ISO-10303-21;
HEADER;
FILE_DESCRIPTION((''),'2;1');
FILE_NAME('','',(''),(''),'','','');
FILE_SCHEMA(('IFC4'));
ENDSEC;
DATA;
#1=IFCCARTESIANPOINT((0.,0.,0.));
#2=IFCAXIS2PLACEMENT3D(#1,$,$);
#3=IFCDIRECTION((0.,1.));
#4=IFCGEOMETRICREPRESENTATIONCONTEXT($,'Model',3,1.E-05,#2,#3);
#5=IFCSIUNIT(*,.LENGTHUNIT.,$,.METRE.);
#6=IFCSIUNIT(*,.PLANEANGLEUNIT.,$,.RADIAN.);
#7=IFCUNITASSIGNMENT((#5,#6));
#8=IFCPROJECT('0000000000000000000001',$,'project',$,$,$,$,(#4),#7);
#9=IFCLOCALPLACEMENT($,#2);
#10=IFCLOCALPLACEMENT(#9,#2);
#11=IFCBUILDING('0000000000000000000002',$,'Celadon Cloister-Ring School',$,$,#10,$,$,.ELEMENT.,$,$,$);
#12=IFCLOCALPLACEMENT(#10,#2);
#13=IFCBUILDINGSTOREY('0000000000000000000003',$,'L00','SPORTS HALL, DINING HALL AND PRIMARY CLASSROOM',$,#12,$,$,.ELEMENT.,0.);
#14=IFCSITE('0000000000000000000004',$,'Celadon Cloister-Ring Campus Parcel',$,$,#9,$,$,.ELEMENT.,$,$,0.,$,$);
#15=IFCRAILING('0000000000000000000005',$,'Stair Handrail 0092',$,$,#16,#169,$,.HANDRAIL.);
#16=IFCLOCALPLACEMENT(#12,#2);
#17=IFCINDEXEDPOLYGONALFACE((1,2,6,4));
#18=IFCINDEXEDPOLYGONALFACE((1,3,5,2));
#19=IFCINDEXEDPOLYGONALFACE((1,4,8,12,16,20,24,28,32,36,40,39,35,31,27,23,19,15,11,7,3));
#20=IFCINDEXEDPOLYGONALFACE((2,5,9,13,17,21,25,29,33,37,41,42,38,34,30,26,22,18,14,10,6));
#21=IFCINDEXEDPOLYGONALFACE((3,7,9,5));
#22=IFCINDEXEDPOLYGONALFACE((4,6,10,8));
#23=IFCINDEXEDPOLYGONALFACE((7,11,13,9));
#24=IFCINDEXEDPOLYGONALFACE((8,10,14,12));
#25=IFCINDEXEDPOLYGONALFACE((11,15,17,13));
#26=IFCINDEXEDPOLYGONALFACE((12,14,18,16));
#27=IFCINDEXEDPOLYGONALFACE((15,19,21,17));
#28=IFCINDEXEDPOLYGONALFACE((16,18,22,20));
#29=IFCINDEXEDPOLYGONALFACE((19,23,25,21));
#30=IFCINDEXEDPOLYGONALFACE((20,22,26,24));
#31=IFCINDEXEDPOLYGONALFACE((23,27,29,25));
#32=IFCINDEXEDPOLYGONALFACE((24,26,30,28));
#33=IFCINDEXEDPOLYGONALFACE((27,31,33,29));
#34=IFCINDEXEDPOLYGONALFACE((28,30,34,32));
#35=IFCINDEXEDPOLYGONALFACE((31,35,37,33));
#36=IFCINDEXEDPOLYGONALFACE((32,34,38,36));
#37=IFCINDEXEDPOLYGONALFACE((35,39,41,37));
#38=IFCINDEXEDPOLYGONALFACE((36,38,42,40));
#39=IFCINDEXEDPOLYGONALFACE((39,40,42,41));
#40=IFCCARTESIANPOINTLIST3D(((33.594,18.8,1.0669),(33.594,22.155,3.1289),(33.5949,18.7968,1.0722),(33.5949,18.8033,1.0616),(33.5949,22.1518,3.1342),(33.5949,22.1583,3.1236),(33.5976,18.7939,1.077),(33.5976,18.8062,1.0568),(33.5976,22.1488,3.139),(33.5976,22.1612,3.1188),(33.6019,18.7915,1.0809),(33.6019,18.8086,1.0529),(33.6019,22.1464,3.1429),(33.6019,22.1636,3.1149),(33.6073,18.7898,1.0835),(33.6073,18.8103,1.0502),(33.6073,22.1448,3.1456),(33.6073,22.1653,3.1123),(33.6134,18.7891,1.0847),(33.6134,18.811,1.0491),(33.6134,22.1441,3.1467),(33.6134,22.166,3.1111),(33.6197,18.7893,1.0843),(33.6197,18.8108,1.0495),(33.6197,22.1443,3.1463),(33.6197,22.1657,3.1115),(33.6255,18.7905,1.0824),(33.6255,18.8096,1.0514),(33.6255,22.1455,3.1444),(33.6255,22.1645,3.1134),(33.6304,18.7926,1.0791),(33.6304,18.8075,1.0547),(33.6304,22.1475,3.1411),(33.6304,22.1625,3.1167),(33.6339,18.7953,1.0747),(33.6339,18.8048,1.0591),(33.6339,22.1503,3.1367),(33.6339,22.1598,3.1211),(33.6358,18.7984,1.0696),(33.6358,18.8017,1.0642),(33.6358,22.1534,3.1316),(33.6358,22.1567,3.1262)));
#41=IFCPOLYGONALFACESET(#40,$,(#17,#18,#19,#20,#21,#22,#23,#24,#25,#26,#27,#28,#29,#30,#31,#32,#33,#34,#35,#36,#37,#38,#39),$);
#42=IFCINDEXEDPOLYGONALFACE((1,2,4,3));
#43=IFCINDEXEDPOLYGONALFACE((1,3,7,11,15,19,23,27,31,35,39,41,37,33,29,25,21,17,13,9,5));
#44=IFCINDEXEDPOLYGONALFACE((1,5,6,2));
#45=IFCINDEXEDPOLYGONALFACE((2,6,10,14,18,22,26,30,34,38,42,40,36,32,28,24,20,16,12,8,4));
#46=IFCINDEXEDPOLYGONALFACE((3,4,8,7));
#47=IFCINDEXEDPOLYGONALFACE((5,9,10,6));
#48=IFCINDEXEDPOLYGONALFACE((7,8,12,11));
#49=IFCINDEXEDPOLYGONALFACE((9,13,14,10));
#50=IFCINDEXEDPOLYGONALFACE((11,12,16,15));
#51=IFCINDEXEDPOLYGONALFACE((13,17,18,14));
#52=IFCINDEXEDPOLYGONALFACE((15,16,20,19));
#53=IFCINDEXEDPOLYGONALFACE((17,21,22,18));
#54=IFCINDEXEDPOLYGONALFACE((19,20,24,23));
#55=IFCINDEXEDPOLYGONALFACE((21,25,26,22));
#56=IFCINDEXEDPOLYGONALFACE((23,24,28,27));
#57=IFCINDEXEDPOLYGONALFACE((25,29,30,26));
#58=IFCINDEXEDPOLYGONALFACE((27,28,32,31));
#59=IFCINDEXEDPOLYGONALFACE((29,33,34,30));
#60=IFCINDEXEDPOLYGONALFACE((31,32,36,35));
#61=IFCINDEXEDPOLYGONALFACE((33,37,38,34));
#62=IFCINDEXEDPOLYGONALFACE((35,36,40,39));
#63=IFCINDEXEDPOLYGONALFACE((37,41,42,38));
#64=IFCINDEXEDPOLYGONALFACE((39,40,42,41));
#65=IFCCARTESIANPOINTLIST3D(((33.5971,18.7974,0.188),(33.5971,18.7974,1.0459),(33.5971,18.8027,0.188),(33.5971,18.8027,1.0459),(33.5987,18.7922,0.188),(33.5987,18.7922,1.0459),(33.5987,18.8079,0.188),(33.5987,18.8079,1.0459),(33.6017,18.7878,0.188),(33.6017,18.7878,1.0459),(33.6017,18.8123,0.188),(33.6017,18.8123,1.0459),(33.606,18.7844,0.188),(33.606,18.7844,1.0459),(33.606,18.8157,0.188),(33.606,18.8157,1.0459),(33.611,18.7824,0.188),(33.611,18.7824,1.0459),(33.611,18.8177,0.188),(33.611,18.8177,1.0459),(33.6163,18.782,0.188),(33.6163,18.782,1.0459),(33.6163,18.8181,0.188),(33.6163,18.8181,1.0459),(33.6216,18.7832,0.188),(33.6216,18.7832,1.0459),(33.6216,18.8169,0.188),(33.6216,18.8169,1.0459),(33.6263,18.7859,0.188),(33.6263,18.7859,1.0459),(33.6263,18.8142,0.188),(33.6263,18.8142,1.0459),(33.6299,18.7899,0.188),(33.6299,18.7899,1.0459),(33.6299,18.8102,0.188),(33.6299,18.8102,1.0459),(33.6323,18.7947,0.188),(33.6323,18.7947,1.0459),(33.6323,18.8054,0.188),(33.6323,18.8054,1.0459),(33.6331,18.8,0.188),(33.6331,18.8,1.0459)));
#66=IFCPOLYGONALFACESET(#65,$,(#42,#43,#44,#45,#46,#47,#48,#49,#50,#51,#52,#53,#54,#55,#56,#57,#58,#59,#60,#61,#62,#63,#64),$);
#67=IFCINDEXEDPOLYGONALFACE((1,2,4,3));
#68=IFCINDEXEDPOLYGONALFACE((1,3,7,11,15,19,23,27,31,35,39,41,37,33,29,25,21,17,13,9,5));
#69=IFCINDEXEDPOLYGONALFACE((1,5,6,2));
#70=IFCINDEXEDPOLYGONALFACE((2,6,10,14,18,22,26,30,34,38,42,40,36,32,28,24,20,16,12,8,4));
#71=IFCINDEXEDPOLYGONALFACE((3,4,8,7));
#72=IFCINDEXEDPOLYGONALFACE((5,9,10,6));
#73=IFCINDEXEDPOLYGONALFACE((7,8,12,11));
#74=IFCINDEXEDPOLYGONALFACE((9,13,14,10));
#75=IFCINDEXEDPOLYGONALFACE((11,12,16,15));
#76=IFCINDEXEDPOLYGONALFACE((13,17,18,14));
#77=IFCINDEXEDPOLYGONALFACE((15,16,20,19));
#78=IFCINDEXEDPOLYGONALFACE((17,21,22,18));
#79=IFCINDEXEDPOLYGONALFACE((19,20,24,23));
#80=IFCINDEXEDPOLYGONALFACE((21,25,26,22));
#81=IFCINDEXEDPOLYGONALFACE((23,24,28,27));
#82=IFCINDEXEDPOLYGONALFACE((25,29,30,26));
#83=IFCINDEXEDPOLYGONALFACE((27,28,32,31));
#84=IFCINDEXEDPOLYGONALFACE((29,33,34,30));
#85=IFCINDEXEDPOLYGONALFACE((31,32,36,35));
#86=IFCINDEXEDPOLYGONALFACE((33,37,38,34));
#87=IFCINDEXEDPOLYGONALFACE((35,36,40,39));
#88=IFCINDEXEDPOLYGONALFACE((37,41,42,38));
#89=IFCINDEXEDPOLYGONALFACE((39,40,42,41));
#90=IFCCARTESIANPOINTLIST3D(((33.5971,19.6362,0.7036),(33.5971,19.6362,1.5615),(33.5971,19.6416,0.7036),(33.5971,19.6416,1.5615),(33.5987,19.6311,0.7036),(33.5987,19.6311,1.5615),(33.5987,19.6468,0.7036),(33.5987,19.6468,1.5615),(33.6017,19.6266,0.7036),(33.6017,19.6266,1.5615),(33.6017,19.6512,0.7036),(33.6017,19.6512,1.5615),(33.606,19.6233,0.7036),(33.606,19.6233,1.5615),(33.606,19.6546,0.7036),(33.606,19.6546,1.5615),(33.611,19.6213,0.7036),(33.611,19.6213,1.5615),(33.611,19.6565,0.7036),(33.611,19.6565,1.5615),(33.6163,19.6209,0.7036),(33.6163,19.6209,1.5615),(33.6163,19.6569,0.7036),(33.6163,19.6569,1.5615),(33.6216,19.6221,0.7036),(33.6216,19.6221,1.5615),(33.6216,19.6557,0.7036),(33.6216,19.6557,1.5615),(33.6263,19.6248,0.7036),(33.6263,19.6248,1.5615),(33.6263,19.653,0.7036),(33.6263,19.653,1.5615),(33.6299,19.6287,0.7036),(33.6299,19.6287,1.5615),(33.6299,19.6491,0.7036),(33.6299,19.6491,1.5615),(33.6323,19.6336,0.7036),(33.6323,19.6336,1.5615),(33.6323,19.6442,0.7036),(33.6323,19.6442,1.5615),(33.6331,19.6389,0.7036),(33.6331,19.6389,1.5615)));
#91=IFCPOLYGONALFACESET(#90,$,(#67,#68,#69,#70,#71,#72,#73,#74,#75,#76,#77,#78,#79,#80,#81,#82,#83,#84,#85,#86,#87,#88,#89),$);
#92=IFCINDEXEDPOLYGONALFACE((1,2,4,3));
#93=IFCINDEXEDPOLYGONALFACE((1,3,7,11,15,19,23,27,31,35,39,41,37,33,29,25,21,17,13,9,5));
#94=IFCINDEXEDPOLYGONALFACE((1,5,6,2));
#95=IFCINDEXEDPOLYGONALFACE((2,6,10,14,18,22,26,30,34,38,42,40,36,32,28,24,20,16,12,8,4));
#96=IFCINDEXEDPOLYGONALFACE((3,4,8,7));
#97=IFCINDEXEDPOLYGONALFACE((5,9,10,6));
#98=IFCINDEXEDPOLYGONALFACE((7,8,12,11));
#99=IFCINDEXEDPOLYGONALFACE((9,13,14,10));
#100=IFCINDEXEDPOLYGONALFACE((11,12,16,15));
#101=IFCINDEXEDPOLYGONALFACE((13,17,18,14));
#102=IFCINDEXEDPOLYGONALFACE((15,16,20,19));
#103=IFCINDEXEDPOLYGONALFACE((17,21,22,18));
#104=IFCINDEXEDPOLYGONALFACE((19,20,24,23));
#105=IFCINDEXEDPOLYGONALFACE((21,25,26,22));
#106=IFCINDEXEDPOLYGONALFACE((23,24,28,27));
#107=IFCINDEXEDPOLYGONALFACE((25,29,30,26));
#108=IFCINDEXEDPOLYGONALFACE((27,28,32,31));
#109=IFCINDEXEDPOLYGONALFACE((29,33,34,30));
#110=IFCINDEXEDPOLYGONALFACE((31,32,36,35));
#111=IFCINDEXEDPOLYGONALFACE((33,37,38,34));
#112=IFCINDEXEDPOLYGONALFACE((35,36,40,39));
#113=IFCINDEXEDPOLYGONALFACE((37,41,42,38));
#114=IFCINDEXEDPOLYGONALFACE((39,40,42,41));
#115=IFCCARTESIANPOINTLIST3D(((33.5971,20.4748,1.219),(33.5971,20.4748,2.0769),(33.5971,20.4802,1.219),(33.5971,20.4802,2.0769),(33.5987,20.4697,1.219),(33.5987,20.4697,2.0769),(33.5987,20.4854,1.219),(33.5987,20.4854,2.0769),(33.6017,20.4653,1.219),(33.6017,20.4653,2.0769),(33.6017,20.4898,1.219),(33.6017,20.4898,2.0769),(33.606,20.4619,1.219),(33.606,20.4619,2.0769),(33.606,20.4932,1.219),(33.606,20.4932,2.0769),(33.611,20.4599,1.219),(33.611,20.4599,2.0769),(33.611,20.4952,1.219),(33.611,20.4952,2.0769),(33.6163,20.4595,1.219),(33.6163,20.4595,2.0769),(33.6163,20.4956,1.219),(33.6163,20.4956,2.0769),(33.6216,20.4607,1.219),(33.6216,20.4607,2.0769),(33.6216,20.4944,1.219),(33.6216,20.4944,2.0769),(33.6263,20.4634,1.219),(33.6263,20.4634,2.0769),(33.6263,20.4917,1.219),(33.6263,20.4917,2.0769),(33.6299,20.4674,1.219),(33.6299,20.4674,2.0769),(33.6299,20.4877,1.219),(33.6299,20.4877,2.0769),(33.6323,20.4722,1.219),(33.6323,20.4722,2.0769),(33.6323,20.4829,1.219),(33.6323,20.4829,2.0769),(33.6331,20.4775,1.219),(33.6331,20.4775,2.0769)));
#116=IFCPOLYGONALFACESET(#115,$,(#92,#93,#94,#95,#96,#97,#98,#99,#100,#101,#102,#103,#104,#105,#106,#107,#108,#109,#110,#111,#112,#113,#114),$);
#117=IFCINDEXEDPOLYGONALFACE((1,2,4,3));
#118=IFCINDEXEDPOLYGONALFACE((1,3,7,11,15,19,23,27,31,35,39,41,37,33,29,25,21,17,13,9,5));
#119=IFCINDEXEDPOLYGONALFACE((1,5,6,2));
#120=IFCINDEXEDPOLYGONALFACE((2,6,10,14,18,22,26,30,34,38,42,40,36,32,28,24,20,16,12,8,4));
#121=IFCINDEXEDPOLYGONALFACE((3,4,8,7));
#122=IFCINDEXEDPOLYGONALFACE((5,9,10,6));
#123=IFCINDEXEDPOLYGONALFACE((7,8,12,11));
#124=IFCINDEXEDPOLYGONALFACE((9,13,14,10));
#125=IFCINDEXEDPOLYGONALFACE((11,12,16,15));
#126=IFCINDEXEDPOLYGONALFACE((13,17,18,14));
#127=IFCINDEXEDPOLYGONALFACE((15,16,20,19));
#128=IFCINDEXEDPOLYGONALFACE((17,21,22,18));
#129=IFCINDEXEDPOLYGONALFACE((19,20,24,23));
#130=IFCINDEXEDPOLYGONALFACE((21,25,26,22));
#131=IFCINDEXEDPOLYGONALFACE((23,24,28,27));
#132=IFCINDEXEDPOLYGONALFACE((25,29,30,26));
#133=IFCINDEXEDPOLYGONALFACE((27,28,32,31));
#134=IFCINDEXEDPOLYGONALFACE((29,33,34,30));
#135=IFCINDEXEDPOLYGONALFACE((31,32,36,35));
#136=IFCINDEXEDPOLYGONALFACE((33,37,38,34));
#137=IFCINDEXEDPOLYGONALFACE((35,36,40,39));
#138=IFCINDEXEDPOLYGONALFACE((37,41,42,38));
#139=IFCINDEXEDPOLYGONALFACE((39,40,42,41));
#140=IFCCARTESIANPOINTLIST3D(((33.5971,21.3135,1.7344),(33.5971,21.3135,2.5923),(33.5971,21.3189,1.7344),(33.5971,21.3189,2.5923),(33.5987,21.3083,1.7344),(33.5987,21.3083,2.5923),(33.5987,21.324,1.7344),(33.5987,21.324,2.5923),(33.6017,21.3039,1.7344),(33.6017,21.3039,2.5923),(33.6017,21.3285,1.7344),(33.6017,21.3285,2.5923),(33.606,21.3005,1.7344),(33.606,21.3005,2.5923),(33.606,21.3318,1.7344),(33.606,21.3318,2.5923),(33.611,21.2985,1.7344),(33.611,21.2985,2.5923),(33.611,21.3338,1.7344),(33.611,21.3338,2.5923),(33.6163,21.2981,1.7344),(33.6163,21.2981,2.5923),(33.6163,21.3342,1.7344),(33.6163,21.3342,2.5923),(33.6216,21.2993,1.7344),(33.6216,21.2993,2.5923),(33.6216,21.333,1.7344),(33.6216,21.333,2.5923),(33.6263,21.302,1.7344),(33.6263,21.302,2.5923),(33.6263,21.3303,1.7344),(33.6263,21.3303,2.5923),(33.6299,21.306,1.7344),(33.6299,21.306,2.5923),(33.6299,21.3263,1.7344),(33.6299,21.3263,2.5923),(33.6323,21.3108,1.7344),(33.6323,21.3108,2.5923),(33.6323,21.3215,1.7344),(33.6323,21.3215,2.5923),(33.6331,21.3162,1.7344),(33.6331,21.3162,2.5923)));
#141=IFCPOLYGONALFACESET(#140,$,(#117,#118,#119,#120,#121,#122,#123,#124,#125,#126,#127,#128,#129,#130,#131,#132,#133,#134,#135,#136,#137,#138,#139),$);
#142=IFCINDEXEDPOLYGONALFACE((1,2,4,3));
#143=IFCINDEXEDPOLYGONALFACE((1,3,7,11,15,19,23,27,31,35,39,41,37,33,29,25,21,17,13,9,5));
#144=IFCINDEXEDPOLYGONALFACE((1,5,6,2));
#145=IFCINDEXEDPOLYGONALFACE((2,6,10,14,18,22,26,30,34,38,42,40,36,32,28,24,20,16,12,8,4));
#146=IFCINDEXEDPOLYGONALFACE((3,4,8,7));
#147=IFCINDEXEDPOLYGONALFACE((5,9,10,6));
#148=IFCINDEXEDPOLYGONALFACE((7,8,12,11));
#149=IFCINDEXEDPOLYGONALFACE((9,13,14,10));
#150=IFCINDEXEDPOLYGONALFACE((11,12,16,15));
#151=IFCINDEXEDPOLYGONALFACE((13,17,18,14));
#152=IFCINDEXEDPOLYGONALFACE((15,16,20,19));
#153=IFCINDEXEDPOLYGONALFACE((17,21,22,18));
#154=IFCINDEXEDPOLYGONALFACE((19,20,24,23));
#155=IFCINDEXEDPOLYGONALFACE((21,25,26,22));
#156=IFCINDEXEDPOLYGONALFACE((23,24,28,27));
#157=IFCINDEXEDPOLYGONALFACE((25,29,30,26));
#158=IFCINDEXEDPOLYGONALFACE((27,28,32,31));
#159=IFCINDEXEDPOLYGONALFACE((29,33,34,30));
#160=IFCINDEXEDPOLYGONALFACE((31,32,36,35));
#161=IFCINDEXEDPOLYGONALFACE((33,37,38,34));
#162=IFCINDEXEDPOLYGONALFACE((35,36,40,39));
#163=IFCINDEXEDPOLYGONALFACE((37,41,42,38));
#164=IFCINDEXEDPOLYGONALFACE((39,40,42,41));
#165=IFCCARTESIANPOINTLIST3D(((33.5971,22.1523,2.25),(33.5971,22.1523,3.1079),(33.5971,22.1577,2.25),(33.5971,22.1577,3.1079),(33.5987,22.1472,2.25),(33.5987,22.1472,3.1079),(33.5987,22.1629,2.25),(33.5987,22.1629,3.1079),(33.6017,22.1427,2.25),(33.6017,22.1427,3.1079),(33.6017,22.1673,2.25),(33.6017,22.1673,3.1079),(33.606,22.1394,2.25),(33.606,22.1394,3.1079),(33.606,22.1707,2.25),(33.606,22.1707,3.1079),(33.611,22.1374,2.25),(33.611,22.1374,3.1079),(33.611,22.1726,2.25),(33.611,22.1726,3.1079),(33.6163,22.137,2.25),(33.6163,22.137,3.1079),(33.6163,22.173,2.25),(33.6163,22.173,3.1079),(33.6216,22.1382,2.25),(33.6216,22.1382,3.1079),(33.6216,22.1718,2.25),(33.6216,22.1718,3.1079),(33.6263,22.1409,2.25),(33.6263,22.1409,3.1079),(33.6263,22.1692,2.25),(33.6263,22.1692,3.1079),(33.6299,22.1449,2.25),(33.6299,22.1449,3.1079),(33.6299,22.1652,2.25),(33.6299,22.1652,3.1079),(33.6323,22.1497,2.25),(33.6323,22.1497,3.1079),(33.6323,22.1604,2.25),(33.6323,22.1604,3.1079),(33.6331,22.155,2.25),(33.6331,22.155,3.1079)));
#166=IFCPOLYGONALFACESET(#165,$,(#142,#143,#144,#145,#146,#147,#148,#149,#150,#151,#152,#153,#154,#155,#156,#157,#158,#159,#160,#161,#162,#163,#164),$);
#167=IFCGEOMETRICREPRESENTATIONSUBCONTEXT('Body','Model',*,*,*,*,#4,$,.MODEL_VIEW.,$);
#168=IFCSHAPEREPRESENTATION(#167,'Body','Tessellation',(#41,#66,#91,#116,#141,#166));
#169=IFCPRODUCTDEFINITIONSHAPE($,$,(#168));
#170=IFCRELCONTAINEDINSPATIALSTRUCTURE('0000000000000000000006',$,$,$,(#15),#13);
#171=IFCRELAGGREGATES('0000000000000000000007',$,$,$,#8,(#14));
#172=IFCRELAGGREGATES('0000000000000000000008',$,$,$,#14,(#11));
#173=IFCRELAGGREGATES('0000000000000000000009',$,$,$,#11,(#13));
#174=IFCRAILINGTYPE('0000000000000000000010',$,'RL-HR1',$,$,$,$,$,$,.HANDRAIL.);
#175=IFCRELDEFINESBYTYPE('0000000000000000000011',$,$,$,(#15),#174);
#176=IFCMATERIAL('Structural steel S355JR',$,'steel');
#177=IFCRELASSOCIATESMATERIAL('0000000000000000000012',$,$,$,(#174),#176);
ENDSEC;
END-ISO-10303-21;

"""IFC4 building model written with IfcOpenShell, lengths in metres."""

from ifc_helpers import new_model, si_unit, direction, frame, origin, origin_2d, place, context, subcontext, project, spatial, circle, extrude, material, type_object, element, save


model = new_model("IFC4")

# Units and contexts
model_context = context("Model", 3, precision=1e-05, world=origin(), true_north=direction((0.0, 1.0)))
body_context = subcontext(model_context, "Body", "Model", "MODEL_VIEW")
ifc_project = project(units=[si_unit("LENGTHUNIT", "METRE"), si_unit("PLANEANGLEUNIT", "RADIAN")], contexts=[model_context])

# Site, building, storey
site_placement = place(None, origin())
site = spatial("IfcSite", under=ifc_project, at=site_placement, Name="Celadon Cloister-Ring Campus Parcel", CompositionType="ELEMENT", RefElevation=0.0)
building_placement = place(site_placement, origin())
building = spatial("IfcBuilding", under=site, at=building_placement, Name="Celadon Cloister-Ring School", CompositionType="ELEMENT")
storey_placement = place(building_placement, origin())
storey = spatial("IfcBuildingStorey", under=building, at=storey_placement, Name="L00", Description="SPORTS HALL, DINING HALL AND PRIMARY CLASSROOM", CompositionType="ELEMENT", Elevation=0.0)

# Railing
ifc_material_1 = material(Name="Structural steel S355JR", Category="steel")
railing_type = type_object("IfcRailingType", Name="RL-HR1", PredefinedType="HANDRAIL", material=ifc_material_1)
for number, where, name in (
    (1, (33.615, 18.8, 0.188), "Stair Handrail 0092"),
):
    element("IfcRailing", number, at=place(storey_placement, frame(where)), inside=storey, type_object=railing_type, Name=name, PredefinedType="HANDRAIL", context=body_context, shape_type="SweptSolid", body=[
        extrude(circle(Radius=0.021, at=origin_2d()), frame((0.0, 0.0, 0.8789), z_axis=(0.0, 0.851952, 0.52362), x_axis=(-1.0, 0.0, 0.0)), (0.0, 0.0, 1.0), 3.938),
        extrude(circle(Radius=0.0181, at=origin_2d()), origin(), (0.0, 0.0, 1.0), 0.8579),
        extrude(circle(Radius=0.0181, at=origin_2d()), frame((0.0, 0.8389, 0.5156)), (0.0, 0.0, 1.0), 0.8579),
        extrude(circle(Radius=0.0181, at=origin_2d()), frame((0.0, 1.6775, 1.031)), (0.0, 0.0, 1.0), 0.8579),
        extrude(circle(Radius=0.0181, at=origin_2d()), frame((0.0, 2.5161, 1.5464)), (0.0, 0.0, 1.0), 0.8579),
        extrude(circle(Radius=0.0181, at=origin_2d()), frame((0.0, 3.355, 2.062)), (0.0, 0.0, 1.0), 0.8579),
    ])

save(model, "model.ifc")
